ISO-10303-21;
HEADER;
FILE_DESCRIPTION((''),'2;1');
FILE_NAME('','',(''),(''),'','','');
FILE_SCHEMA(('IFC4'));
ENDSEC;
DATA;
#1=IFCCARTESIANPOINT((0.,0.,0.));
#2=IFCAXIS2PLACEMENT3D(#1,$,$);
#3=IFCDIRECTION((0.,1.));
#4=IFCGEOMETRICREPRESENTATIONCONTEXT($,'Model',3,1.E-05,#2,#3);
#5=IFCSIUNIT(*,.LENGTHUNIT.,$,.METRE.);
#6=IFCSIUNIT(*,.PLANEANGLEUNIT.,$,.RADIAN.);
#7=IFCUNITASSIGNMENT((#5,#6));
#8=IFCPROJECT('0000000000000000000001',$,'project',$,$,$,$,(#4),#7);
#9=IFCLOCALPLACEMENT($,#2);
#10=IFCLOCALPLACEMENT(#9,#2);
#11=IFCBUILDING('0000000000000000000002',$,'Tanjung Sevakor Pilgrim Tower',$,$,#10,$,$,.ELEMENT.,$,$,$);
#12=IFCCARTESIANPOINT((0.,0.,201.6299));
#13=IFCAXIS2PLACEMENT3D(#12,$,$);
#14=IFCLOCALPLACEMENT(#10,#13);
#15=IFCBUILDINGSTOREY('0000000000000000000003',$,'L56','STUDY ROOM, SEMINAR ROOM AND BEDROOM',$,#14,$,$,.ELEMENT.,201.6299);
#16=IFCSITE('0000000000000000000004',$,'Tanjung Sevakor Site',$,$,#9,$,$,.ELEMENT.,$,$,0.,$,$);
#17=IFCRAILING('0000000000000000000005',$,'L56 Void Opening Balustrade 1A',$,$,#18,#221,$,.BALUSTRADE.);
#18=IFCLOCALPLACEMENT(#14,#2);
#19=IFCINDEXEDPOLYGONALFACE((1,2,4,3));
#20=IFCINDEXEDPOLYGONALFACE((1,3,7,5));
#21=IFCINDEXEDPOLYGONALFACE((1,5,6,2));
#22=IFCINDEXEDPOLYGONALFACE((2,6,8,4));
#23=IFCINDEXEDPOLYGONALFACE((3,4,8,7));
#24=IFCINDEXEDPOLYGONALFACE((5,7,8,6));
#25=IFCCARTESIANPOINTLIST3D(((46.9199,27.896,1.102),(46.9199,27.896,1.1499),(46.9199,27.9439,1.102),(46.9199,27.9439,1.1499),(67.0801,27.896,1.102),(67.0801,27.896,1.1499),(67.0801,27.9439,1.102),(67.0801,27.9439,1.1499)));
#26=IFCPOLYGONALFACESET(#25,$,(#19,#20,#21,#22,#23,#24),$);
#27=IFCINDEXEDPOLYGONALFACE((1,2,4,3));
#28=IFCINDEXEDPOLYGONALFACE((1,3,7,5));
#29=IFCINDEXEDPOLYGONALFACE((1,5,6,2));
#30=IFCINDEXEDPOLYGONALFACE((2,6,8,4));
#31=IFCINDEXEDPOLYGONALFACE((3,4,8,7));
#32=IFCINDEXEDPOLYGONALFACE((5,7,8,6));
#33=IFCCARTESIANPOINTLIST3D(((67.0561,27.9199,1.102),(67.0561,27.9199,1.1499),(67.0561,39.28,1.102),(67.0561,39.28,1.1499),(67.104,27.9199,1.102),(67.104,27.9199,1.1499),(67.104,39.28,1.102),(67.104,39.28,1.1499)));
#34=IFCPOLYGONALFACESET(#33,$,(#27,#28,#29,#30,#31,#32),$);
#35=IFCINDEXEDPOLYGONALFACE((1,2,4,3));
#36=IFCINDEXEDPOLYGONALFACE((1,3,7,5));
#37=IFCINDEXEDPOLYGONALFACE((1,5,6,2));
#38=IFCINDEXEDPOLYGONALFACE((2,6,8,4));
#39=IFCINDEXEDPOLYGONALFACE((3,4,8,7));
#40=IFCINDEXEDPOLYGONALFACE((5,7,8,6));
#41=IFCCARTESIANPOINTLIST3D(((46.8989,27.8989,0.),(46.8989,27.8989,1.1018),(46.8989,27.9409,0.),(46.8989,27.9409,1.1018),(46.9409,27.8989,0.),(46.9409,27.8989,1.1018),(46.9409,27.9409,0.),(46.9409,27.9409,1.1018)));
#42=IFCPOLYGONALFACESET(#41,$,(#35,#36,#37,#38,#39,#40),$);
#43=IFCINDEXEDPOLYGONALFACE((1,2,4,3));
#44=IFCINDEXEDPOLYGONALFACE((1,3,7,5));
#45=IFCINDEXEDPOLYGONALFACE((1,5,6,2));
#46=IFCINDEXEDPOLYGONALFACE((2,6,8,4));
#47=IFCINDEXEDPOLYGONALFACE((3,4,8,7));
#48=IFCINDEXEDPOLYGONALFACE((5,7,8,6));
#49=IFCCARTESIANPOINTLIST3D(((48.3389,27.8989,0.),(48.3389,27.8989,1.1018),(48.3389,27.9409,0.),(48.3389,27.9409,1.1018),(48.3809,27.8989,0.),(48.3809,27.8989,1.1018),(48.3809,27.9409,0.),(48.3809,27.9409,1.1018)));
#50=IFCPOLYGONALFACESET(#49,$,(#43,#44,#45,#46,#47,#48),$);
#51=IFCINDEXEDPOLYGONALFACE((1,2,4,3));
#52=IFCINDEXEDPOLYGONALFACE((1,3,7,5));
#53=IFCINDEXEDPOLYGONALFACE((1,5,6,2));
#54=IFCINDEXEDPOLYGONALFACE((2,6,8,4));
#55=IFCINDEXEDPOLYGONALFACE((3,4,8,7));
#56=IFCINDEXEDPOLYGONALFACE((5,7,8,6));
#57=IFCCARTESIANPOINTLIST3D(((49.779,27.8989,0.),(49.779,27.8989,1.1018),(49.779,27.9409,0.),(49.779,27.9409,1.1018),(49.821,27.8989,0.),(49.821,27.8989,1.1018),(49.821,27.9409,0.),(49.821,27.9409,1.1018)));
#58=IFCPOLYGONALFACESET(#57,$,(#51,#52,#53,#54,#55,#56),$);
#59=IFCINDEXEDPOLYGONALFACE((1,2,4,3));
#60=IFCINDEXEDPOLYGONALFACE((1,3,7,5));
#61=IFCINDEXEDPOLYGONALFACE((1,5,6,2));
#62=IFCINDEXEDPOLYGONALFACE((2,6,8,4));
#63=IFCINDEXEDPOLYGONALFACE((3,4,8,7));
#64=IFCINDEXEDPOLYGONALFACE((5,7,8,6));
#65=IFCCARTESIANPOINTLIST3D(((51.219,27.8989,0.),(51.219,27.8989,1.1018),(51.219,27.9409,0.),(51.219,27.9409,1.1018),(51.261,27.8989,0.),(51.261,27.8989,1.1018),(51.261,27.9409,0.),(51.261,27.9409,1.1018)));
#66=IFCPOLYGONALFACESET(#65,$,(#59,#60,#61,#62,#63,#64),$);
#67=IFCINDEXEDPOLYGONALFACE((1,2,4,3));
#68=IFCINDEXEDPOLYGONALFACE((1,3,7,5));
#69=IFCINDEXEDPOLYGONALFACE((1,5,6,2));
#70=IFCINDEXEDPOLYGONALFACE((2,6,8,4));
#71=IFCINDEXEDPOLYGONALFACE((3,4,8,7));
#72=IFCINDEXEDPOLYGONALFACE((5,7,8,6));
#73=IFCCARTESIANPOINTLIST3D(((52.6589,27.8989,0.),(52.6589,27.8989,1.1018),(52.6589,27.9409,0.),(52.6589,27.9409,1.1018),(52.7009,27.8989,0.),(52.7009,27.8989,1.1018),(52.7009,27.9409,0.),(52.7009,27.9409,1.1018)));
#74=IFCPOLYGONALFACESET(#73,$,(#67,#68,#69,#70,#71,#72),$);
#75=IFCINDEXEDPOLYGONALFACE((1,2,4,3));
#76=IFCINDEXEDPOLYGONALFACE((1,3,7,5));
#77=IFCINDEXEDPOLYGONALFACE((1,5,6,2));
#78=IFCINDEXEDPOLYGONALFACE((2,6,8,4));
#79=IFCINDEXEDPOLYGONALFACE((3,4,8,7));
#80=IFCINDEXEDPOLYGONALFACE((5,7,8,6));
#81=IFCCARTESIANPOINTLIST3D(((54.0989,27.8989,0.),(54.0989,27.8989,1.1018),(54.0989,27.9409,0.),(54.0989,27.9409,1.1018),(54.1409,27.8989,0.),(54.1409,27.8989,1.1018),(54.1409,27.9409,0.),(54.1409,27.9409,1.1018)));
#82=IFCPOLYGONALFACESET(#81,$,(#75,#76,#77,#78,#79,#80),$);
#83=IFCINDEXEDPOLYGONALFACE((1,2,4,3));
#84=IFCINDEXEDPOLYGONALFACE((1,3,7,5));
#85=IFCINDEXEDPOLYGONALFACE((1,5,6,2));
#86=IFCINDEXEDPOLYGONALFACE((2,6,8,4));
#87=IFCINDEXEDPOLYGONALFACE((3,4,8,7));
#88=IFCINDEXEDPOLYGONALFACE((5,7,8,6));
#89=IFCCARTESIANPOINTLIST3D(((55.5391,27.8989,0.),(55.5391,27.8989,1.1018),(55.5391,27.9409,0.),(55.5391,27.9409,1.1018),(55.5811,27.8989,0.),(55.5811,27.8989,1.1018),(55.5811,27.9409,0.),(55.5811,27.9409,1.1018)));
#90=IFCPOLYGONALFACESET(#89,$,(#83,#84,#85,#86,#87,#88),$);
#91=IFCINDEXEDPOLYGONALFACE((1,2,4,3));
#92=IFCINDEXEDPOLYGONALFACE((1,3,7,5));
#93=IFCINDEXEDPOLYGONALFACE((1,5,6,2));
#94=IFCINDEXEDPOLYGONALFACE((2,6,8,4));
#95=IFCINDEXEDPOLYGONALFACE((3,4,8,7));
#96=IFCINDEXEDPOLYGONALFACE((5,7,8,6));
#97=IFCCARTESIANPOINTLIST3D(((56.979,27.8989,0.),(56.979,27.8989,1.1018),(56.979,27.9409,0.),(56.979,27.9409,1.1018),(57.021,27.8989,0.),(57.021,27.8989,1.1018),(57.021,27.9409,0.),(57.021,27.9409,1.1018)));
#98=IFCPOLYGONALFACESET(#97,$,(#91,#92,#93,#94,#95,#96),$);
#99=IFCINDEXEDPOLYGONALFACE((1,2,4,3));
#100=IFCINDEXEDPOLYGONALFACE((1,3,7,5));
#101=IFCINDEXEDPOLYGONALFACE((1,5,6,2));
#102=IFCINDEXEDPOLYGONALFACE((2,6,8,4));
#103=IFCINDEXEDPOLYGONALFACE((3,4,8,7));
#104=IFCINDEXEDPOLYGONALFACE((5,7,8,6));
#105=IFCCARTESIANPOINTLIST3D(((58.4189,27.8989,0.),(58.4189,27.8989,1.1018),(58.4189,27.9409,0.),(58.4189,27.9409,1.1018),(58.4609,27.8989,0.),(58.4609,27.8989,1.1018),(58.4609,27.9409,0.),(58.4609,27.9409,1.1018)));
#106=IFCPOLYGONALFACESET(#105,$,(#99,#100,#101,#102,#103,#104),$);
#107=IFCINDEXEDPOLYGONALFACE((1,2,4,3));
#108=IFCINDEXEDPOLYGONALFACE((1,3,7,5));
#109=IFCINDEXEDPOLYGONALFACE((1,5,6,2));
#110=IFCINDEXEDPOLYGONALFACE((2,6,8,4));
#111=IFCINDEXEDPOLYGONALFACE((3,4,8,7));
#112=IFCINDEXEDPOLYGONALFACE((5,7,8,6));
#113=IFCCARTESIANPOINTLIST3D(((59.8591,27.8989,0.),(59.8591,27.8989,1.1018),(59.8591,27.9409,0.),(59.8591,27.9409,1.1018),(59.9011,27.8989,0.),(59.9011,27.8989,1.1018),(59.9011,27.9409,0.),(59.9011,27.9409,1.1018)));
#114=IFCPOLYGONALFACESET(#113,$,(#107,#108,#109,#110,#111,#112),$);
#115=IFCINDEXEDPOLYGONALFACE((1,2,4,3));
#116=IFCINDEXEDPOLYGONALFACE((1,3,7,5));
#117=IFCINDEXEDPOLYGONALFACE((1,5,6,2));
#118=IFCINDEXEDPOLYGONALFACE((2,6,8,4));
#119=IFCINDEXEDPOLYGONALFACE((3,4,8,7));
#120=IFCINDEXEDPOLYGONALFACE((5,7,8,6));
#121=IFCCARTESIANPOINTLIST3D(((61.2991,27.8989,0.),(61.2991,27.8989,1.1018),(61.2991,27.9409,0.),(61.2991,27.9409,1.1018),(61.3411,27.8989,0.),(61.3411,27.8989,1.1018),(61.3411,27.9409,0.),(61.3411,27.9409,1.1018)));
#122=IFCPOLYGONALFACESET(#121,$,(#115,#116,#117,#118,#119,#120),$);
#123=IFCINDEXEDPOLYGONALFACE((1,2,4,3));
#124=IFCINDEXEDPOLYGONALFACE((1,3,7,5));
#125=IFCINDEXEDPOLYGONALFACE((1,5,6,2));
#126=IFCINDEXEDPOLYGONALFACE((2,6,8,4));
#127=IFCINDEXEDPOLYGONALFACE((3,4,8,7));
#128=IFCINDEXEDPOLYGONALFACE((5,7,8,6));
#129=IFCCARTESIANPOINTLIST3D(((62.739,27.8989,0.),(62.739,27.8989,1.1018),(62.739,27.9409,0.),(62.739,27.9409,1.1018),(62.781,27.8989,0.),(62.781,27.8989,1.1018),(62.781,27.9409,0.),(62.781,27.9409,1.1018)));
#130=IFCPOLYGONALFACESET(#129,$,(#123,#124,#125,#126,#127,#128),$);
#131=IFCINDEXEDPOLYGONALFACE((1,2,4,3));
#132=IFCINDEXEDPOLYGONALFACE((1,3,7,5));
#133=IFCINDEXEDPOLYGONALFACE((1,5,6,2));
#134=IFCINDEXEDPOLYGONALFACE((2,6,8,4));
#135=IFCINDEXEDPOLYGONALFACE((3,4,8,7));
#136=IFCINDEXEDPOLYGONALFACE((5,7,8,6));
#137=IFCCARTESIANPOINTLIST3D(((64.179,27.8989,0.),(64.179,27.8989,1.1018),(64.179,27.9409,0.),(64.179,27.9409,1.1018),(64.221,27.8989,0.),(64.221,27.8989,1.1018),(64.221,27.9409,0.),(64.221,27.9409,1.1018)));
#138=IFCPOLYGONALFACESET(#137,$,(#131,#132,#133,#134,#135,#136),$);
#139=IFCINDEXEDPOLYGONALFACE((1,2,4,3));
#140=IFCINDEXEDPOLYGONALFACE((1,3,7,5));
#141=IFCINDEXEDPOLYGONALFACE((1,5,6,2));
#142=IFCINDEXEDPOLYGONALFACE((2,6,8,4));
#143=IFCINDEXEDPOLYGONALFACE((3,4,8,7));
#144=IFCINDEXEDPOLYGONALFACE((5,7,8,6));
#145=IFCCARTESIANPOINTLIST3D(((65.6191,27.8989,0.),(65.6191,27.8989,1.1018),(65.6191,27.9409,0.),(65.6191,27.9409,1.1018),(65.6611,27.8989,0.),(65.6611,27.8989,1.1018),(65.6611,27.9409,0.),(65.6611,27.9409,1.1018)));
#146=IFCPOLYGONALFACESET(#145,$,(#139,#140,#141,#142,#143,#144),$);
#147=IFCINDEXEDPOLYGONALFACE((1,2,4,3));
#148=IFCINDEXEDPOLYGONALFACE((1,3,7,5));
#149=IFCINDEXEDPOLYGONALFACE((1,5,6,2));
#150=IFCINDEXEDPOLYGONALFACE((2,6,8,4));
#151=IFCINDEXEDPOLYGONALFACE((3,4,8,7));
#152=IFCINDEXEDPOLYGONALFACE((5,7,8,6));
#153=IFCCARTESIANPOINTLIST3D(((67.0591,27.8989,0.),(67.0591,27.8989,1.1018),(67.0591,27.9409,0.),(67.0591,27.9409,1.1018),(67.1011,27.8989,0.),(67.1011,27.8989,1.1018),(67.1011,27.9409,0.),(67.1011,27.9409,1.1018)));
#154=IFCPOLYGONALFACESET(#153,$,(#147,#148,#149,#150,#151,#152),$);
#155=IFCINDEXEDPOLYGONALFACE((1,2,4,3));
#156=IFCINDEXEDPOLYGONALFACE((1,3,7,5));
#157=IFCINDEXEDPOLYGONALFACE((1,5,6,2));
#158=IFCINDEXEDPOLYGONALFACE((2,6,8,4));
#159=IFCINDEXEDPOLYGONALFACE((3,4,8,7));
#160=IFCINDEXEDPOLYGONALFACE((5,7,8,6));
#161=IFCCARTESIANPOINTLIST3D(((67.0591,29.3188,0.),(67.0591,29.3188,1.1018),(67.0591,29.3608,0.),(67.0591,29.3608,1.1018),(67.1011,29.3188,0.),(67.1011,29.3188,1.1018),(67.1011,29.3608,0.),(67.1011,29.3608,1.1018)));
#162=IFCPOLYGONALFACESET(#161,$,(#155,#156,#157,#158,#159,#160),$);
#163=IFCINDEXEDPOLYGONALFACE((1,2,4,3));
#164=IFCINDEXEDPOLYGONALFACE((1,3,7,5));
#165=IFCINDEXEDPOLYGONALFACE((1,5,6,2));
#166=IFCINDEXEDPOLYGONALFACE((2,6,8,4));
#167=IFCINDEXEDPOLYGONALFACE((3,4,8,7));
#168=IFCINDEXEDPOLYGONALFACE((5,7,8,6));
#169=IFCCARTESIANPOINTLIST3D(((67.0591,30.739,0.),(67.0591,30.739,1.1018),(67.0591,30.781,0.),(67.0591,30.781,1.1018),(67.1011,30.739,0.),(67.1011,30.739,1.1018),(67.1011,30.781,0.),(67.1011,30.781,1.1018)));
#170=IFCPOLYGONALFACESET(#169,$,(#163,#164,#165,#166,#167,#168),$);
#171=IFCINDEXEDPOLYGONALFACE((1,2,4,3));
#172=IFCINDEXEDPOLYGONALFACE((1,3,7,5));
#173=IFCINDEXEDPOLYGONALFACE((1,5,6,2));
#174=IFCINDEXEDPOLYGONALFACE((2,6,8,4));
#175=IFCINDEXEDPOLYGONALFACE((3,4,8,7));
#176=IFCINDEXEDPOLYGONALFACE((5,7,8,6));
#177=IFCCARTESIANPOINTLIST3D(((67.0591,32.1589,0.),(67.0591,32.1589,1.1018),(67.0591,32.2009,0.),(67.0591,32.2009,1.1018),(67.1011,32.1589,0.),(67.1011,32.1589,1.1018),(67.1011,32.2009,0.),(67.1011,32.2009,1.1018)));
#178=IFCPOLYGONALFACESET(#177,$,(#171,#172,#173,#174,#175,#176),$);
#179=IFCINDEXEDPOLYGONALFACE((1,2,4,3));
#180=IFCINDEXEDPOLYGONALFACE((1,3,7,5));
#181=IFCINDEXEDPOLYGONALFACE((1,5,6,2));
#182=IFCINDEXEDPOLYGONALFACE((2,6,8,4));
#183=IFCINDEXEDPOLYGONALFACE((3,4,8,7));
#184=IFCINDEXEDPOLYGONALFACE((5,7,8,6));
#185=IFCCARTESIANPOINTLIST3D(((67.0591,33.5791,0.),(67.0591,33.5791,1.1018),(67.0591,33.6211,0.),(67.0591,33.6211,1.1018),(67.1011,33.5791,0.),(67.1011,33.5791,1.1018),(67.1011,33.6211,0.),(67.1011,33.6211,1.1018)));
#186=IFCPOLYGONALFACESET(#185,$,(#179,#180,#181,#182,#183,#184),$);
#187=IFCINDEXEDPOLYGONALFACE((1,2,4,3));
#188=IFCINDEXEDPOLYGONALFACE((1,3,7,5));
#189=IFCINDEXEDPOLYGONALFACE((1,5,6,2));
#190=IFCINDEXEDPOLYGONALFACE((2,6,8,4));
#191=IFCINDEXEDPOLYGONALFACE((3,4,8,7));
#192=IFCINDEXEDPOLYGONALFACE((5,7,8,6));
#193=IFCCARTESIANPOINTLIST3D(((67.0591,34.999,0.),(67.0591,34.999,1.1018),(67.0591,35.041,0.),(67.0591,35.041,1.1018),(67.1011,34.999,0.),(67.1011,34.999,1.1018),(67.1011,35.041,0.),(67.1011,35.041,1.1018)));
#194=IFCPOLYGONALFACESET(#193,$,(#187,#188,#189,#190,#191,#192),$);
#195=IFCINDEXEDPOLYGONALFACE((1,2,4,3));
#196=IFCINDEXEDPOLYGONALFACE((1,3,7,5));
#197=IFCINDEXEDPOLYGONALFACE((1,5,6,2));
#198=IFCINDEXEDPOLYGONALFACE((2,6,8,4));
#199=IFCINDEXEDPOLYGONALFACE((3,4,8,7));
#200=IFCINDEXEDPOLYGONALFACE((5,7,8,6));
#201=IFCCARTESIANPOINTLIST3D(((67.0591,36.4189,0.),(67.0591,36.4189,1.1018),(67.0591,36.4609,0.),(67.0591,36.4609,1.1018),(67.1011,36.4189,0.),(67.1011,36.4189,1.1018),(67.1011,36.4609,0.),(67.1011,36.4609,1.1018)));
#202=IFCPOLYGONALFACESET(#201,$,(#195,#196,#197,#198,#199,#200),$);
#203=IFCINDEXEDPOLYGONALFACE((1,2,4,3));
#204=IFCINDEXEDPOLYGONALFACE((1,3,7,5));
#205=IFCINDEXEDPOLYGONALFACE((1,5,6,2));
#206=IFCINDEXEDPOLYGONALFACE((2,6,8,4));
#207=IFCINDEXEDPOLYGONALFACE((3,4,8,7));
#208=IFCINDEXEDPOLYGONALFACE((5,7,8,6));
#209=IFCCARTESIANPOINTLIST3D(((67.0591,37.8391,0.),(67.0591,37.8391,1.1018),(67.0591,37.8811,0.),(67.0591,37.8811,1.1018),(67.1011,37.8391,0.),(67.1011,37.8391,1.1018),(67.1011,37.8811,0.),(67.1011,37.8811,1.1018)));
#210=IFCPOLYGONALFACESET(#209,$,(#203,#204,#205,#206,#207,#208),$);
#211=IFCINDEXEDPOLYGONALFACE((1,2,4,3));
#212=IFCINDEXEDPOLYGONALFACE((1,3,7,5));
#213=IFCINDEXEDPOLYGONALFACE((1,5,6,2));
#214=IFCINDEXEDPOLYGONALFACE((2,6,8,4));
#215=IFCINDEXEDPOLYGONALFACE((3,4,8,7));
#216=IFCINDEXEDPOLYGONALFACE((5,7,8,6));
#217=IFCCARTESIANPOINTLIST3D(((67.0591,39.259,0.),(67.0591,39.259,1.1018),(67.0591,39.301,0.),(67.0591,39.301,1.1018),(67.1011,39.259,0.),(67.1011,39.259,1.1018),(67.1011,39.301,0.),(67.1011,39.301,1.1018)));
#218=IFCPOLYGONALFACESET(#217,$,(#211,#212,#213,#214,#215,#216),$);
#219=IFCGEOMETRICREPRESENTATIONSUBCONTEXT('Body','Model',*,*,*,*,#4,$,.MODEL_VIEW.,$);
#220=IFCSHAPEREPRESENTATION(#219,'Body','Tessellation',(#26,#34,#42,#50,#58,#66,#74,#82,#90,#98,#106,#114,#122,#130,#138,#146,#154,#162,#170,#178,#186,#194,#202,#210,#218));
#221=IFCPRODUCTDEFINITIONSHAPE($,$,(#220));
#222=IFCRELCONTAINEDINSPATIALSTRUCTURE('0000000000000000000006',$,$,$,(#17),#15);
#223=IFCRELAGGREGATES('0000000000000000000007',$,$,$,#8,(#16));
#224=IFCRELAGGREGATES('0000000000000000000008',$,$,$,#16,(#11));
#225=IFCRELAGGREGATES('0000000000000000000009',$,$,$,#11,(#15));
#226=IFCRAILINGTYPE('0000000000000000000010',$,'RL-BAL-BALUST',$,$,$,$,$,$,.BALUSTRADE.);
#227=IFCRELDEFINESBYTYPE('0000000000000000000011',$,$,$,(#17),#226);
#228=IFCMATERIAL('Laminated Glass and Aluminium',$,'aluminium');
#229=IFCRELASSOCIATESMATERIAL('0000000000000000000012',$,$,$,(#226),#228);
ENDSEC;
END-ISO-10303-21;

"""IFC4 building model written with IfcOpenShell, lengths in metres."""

from ifc_helpers import new_model, si_unit, direction, frame, origin, place, context, subcontext, project, spatial, rectangle, extrude, material, type_object, element, save


model = new_model("IFC4")

# Units and contexts
model_context = context("Model", 3, precision=1e-05, world=origin(), true_north=direction((0.0, 1.0)))
body_context = subcontext(model_context, "Body", "Model", "MODEL_VIEW")
ifc_project = project(units=[si_unit("LENGTHUNIT", "METRE"), si_unit("PLANEANGLEUNIT", "RADIAN")], contexts=[model_context])

# Site, building, storey
site_placement = place(None, origin())
site = spatial("IfcSite", under=ifc_project, at=site_placement, Name="Tanjung Sevakor Site", CompositionType="ELEMENT", RefElevation=0.0)
building_placement = place(site_placement, origin())
building = spatial("IfcBuilding", under=site, at=building_placement, Name="Tanjung Sevakor Pilgrim Tower", CompositionType="ELEMENT")
storey_placement = place(building_placement, frame((0.0, 0.0, 201.6299)))
storey = spatial("IfcBuildingStorey", under=building, at=storey_placement, Name="L56", Description="STUDY ROOM, SEMINAR ROOM AND BEDROOM", CompositionType="ELEMENT", Elevation=201.6299)

# Railing
ifc_material_1 = material(Name="Laminated Glass and Aluminium", Category="aluminium")
railing_type = type_object("IfcRailingType", Name="RL-BAL-BALUST", PredefinedType="BALUSTRADE", material=ifc_material_1)
railing_placement = place(storey_placement, frame((46.9199, 27.9199, 0.0)))
element("IfcRailing", 1, at=railing_placement, inside=storey, type_object=railing_type, Name="L56 Void Opening Balustrade 1A", PredefinedType="BALUSTRADE", context=body_context, shape_type="SweptSolid", body=[
    extrude(rectangle(XDim=0.0479, YDim=0.0479), frame((0.0, 0.0, 1.126), z_axis=(1.0, 0.0, 0.0), x_axis=(0.0, 1.0, 0.0)), (0.0, 0.0, 1.0), 20.1602),
    extrude(rectangle(XDim=0.0479, YDim=0.0479), frame((20.1602, 0.0, 1.126), z_axis=(0.0, 1.0, 0.0), x_axis=(-1.0, 0.0, 0.0)), (0.0, 0.0, 1.0), 11.3601),
    extrude(rectangle(XDim=0.042, YDim=0.042), origin(), (0.0, 0.0, 1.0), 1.1018),
    extrude(rectangle(XDim=0.042, YDim=0.042), frame((1.4399, 0.0, 0.0)), (0.0, 0.0, 1.0), 1.1018),
    extrude(rectangle(XDim=0.042, YDim=0.042), frame((2.8801, 0.0, 0.0)), (0.0, 0.0, 1.0), 1.1018),
    extrude(rectangle(XDim=0.042, YDim=0.042), frame((4.3201, 0.0, 0.0)), (0.0, 0.0, 1.0), 1.1018),
    extrude(rectangle(XDim=0.042, YDim=0.042), frame((5.76, 0.0, 0.0)), (0.0, 0.0, 1.0), 1.1018),
    extrude(rectangle(XDim=0.042, YDim=0.042), frame((7.2, 0.0, 0.0)), (0.0, 0.0, 1.0), 1.1018),
    extrude(rectangle(XDim=0.042, YDim=0.042), frame((8.6401, 0.0, 0.0)), (0.0, 0.0, 1.0), 1.1018),
    extrude(rectangle(XDim=0.042, YDim=0.042), frame((10.0801, 0.0, 0.0)), (0.0, 0.0, 1.0), 1.1018),
    extrude(rectangle(XDim=0.042, YDim=0.042), frame((11.52, 0.0, 0.0)), (0.0, 0.0, 1.0), 1.1018),
    extrude(rectangle(XDim=0.042, YDim=0.042), frame((12.9602, 0.0, 0.0)), (0.0, 0.0, 1.0), 1.1018),
    extrude(rectangle(XDim=0.042, YDim=0.042), frame((14.4001, 0.0, 0.0)), (0.0, 0.0, 1.0), 1.1018),
    extrude(rectangle(XDim=0.042, YDim=0.042), frame((15.8401, 0.0, 0.0)), (0.0, 0.0, 1.0), 1.1018),
    extrude(rectangle(XDim=0.042, YDim=0.042), frame((17.28, 0.0, 0.0)), (0.0, 0.0, 1.0), 1.1018),
    extrude(rectangle(XDim=0.042, YDim=0.042), frame((18.7202, 0.0, 0.0)), (0.0, 0.0, 1.0), 1.1018),
    extrude(rectangle(XDim=0.042, YDim=0.042), frame((20.1602, 0.0, 0.0)), (0.0, 0.0, 1.0), 1.1018),
    extrude(rectangle(XDim=0.042, YDim=0.042), frame((20.1602, 1.4199, 0.0)), (0.0, 0.0, 1.0), 1.1018),
    extrude(rectangle(XDim=0.042, YDim=0.042), frame((20.1602, 2.8401, 0.0)), (0.0, 0.0, 1.0), 1.1018),
    extrude(rectangle(XDim=0.042, YDim=0.042), frame((20.1602, 4.26, 0.0)), (0.0, 0.0, 1.0), 1.1018),
    extrude(rectangle(XDim=0.042, YDim=0.042), frame((20.1602, 5.6802, 0.0)), (0.0, 0.0, 1.0), 1.1018),
    extrude(rectangle(XDim=0.042, YDim=0.042), frame((20.1602, 7.1001, 0.0)), (0.0, 0.0, 1.0), 1.1018),
    extrude(rectangle(XDim=0.042, YDim=0.042), frame((20.1602, 8.52, 0.0)), (0.0, 0.0, 1.0), 1.1018),
    extrude(rectangle(XDim=0.042, YDim=0.042), frame((20.1602, 9.9402, 0.0)), (0.0, 0.0, 1.0), 1.1018),
    extrude(rectangle(XDim=0.042, YDim=0.042), frame((20.1602, 11.3601, 0.0)), (0.0, 0.0, 1.0), 1.1018),
])

save(model, "model.ifc")
